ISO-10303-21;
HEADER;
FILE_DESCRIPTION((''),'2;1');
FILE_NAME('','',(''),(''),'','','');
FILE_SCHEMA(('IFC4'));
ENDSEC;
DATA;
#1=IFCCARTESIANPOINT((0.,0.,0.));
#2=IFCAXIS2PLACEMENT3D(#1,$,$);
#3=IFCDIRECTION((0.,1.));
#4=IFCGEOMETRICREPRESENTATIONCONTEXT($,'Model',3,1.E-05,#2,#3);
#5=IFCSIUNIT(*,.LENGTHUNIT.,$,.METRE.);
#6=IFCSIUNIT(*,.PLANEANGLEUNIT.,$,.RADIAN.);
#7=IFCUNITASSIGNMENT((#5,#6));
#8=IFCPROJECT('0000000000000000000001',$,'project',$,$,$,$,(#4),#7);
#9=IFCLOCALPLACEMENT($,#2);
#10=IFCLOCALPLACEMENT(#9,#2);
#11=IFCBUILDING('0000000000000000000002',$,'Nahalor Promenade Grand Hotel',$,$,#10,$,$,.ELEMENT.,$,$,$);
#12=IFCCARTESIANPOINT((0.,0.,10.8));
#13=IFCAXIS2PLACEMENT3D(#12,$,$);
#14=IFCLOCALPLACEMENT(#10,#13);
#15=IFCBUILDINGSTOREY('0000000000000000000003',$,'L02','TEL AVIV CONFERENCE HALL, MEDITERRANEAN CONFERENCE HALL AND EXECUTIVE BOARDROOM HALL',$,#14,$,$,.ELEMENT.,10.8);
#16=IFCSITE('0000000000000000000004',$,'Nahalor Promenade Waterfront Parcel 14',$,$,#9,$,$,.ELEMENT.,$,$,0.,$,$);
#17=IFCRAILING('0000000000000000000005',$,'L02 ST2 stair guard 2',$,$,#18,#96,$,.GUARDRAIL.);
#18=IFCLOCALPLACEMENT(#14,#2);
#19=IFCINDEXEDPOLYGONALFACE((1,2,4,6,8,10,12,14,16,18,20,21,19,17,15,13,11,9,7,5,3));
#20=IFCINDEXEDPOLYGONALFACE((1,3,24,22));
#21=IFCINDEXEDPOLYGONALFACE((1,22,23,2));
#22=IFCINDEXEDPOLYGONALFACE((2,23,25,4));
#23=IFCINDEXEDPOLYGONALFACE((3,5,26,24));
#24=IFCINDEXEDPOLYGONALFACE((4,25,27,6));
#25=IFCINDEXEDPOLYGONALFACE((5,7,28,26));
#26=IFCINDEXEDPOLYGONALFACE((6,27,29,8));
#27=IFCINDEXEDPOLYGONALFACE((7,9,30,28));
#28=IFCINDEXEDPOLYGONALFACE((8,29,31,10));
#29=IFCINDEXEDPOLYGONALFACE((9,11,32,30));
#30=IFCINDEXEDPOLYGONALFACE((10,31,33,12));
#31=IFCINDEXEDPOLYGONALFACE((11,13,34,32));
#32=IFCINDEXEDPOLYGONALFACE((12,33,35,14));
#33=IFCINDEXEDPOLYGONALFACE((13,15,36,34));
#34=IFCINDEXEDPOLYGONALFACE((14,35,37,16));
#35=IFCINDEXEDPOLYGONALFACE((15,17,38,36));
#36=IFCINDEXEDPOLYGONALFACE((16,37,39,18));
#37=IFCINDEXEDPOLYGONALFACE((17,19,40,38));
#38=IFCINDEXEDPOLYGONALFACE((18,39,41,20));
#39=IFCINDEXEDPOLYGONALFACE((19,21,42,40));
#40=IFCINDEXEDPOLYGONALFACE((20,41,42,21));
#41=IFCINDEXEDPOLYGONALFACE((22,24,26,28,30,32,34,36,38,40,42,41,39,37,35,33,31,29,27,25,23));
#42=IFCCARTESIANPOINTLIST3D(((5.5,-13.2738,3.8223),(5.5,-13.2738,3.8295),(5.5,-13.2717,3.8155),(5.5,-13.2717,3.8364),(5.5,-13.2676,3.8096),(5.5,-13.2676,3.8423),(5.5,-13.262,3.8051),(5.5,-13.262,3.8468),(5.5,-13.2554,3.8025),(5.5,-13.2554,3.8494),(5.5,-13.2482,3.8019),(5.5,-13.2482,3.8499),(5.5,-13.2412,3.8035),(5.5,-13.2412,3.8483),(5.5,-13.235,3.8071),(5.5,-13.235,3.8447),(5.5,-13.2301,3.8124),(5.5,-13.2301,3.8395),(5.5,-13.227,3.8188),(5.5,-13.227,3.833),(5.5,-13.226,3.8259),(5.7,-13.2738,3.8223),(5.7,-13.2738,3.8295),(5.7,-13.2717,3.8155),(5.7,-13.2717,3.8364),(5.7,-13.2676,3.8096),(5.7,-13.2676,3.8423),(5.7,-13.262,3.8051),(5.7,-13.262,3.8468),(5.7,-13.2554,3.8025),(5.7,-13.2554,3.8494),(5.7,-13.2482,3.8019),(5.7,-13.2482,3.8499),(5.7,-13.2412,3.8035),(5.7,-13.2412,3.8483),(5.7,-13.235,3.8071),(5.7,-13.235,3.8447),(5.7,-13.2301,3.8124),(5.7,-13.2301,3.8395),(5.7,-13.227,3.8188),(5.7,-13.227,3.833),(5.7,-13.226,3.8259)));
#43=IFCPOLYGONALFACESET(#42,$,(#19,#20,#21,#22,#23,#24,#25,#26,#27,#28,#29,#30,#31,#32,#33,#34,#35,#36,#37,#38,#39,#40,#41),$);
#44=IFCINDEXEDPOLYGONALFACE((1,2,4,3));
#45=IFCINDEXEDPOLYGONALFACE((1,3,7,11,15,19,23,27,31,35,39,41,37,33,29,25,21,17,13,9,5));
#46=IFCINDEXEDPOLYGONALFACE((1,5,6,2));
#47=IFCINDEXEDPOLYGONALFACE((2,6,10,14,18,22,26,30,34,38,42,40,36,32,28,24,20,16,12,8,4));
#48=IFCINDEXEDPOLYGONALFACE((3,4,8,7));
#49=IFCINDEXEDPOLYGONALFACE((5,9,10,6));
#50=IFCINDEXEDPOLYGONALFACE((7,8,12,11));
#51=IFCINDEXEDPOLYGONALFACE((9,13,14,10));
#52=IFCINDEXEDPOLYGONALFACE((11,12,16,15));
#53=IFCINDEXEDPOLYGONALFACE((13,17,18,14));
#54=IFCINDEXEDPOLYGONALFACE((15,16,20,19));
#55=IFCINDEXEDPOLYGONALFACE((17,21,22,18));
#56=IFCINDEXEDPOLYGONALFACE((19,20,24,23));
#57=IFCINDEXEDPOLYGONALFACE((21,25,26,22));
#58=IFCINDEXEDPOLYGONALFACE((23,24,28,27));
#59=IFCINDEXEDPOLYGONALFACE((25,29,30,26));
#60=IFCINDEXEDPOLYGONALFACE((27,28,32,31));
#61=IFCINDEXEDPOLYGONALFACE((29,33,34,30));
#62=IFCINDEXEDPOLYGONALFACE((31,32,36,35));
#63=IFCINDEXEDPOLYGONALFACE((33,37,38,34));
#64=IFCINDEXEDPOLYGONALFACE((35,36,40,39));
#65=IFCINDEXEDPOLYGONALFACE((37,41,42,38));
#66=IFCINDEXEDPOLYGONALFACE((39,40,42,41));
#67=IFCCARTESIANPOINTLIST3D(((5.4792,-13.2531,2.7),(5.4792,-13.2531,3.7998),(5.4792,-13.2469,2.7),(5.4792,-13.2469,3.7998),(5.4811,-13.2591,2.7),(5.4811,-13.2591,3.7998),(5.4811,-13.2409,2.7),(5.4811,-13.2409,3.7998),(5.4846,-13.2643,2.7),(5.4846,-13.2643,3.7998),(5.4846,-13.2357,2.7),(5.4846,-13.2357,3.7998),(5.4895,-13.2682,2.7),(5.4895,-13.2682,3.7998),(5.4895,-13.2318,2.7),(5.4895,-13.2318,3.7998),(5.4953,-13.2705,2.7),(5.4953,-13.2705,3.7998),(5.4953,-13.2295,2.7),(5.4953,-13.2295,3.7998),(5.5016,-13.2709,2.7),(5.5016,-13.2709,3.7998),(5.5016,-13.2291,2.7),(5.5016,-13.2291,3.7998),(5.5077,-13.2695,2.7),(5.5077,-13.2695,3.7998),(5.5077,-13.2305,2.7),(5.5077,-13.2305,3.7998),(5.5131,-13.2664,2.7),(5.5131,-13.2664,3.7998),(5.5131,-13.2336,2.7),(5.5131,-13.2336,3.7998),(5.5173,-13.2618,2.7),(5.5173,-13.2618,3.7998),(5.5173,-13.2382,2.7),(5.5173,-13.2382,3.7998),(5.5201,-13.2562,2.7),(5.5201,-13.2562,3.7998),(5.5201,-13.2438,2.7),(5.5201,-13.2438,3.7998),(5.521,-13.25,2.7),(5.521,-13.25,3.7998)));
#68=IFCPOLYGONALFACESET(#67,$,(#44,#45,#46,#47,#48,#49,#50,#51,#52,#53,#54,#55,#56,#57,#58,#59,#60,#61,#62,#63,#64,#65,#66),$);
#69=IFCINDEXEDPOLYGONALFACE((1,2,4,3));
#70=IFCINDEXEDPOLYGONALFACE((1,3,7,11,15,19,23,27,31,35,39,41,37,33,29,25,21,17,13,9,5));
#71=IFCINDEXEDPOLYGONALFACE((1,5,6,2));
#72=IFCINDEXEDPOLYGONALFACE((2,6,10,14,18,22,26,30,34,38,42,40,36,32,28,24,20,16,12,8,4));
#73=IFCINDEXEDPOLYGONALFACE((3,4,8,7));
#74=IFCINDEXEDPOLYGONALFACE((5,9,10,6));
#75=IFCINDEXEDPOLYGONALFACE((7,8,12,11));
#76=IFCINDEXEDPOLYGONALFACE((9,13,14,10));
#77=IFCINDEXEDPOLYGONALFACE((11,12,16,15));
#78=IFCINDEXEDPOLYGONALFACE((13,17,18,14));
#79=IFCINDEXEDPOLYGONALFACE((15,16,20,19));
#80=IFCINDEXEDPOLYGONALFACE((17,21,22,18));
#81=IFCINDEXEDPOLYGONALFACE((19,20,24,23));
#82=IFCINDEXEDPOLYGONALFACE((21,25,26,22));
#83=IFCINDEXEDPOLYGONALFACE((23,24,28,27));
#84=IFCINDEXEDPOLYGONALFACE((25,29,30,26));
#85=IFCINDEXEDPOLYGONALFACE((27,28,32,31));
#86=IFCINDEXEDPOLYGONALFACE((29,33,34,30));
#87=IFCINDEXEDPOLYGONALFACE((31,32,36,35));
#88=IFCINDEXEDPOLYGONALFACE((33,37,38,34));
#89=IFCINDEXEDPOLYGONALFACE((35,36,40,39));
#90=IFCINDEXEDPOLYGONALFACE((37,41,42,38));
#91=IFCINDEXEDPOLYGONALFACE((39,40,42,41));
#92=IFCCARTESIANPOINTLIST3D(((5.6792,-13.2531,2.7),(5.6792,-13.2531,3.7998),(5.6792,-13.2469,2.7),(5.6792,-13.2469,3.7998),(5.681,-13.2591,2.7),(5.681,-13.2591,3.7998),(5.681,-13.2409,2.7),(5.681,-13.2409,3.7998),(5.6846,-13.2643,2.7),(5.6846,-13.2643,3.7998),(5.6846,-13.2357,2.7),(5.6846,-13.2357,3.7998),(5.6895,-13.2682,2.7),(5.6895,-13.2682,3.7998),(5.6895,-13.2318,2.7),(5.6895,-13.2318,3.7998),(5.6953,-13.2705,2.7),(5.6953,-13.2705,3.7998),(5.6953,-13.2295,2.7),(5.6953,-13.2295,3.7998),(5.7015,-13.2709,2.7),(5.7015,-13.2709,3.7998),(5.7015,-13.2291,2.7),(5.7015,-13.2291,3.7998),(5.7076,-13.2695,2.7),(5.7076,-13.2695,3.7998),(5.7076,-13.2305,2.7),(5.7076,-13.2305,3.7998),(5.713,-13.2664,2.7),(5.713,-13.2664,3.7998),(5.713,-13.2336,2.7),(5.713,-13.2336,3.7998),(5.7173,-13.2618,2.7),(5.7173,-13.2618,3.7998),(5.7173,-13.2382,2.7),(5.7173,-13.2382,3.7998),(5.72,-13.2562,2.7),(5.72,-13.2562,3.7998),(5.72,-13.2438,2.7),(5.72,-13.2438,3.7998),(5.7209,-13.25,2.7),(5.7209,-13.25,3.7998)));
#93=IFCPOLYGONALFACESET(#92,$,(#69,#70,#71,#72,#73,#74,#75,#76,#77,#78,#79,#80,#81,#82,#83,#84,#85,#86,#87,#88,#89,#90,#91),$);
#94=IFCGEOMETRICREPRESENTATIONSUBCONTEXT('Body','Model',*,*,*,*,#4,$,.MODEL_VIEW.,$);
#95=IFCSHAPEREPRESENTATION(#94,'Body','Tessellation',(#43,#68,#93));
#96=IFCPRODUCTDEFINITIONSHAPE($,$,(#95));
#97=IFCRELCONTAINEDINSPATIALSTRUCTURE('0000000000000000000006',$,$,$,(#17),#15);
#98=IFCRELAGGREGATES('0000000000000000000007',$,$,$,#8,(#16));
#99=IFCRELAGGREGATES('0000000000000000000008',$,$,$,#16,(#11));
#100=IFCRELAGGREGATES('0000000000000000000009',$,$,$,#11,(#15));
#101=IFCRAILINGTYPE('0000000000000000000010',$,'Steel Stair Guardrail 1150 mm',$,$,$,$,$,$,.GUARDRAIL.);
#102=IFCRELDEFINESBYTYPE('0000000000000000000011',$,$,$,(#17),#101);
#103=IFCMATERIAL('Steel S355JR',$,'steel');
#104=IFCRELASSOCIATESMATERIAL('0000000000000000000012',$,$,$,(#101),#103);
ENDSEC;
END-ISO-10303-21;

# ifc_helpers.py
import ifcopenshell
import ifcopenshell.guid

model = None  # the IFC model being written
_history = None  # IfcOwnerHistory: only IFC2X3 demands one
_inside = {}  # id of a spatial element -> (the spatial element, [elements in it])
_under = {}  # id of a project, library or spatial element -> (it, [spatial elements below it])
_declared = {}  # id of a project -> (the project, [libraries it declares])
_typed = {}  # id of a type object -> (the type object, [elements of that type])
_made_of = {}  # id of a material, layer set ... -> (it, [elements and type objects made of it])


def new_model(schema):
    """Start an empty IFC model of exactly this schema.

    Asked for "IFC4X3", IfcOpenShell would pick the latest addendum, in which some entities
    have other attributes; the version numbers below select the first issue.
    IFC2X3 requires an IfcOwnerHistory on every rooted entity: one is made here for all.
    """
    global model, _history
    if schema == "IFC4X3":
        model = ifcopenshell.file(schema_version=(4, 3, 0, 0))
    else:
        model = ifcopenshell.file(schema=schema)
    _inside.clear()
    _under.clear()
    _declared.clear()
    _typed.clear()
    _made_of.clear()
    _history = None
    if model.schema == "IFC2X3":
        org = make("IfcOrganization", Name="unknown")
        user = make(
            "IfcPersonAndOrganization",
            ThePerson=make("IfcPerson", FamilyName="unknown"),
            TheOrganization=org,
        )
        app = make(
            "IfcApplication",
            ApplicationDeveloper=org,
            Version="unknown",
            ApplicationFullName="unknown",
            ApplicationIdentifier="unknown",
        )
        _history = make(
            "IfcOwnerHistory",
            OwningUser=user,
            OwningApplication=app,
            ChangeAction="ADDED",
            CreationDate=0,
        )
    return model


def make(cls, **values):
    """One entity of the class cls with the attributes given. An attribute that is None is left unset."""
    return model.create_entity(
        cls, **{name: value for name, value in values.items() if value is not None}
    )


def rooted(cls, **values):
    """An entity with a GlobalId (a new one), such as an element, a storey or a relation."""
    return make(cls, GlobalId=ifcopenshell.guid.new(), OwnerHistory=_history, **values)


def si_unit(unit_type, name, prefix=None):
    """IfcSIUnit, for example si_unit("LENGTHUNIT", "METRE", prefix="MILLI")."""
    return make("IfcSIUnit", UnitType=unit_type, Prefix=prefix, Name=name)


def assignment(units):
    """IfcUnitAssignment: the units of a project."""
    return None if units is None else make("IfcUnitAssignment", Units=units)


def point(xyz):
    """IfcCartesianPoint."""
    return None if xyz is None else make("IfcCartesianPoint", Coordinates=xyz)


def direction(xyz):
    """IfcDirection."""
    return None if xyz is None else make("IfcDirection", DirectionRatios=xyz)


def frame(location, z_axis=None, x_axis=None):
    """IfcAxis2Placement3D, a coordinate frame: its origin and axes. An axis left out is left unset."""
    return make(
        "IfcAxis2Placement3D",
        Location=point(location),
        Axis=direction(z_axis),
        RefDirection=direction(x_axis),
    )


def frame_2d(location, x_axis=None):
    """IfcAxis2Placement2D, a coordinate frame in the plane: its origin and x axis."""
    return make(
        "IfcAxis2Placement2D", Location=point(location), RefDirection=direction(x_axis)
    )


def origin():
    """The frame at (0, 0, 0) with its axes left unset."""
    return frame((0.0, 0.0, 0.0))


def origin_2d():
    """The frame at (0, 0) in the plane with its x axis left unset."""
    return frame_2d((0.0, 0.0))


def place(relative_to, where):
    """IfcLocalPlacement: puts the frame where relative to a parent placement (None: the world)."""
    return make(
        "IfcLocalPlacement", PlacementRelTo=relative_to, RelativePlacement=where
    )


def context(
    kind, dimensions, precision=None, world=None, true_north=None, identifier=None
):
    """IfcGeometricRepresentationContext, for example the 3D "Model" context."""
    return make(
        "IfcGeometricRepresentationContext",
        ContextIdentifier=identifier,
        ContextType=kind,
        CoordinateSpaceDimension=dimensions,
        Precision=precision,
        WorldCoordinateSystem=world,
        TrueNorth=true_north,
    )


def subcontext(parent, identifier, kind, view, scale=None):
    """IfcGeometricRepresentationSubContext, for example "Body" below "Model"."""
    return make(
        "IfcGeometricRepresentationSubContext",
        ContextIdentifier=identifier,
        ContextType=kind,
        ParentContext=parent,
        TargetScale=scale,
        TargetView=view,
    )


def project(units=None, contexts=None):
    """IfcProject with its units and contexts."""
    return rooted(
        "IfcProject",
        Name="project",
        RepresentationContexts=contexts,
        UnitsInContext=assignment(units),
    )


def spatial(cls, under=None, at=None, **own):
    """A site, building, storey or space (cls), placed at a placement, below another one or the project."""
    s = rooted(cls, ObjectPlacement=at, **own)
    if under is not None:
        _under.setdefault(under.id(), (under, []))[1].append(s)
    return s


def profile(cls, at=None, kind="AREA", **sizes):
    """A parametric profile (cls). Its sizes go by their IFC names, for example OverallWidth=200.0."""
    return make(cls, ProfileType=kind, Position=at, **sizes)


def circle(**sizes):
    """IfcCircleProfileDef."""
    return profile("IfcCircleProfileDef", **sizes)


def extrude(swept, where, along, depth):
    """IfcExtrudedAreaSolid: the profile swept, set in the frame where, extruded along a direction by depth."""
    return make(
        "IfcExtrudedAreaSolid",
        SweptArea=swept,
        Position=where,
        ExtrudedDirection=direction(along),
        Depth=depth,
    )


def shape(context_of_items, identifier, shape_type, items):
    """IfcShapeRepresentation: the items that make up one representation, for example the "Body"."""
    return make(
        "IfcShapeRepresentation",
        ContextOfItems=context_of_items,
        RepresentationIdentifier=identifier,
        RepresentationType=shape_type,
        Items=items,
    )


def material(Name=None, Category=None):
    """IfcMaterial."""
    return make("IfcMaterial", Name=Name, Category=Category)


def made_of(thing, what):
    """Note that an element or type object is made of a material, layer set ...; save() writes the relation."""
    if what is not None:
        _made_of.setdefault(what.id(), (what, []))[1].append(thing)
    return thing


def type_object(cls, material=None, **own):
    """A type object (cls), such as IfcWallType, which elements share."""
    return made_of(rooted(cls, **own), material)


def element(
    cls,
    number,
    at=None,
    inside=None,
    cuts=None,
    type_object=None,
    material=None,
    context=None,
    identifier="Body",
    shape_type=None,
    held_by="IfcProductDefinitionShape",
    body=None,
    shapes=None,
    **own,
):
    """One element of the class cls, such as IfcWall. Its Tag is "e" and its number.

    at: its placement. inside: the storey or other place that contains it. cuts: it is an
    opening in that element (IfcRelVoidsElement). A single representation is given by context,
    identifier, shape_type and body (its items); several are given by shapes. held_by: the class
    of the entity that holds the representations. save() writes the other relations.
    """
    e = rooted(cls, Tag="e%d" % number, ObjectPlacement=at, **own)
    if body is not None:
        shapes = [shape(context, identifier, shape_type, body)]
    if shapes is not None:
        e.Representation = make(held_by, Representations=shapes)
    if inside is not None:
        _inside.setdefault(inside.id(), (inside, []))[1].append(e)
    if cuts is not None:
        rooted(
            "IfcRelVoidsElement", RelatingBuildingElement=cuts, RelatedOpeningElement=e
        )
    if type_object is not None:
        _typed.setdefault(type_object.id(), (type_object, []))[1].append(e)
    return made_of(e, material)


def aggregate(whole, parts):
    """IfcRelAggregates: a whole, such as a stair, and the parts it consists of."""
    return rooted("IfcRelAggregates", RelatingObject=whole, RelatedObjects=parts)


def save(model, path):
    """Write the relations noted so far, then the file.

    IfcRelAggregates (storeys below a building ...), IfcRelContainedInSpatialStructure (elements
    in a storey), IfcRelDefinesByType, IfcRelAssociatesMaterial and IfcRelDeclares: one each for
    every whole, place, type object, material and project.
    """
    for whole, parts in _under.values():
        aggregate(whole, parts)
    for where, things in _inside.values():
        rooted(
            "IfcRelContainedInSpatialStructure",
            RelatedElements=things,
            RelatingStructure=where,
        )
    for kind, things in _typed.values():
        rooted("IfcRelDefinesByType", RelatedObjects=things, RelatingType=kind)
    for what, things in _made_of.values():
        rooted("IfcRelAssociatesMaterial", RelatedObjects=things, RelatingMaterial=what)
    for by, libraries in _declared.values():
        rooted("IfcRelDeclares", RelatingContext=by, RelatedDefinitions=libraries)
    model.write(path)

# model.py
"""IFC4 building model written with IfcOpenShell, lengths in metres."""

from ifc_helpers import new_model, si_unit, direction, frame, origin, origin_2d, place, context, subcontext, project, spatial, circle, extrude, material, type_object, element, save


model = new_model("IFC4")

# Units and contexts
model_context = context("Model", 3, precision=1e-05, world=origin(), true_north=direction((0.0, 1.0)))
body_context = subcontext(model_context, "Body", "Model", "MODEL_VIEW")
ifc_project = project(units=[si_unit("LENGTHUNIT", "METRE"), si_unit("PLANEANGLEUNIT", "RADIAN")], contexts=[model_context])

# Site, building, storey
site_placement = place(None, origin())
site = spatial("IfcSite", under=ifc_project, at=site_placement, Name="Nahalor Promenade Waterfront Parcel 14", CompositionType="ELEMENT", RefElevation=0.0)
building_placement = place(site_placement, origin())
building = spatial("IfcBuilding", under=site, at=building_placement, Name="Nahalor Promenade Grand Hotel", CompositionType="ELEMENT")
storey_placement = place(building_placement, frame((0.0, 0.0, 10.8)))
storey = spatial("IfcBuildingStorey", under=building, at=storey_placement, Name="L02", Description="TEL AVIV CONFERENCE HALL, MEDITERRANEAN CONFERENCE HALL AND EXECUTIVE BOARDROOM HALL", CompositionType="ELEMENT", Elevation=10.8)

# Shared definitions
ifc_material_1 = material(Name="Steel S355JR", Category="steel")

# Railing
railing_type_1 = type_object("IfcRailingType", Name="Steel Stair Guardrail 1150 mm", PredefinedType="GUARDRAIL", material=ifc_material_1)
railing_1_placement = place(storey_placement, frame((5.5, -13.25, 2.7)))
element("IfcRailing", 1, at=railing_1_placement, inside=storey, type_object=railing_type_1, Name="L02 ST2 stair guard 2", PredefinedType="GUARDRAIL", context=body_context, shape_type="SweptSolid", body=[
    extrude(circle(Radius=0.024, at=origin_2d()), frame((0.0, 0.0, 1.126), z_axis=(1.0, 0.0, 0.0), x_axis=(0.0, 1.0, 0.0)), (0.0, 0.0, 1.0), 0.2),
    extrude(circle(Radius=0.021, at=origin_2d()), origin(), (0.0, 0.0, 1.0), 1.0999),
    extrude(circle(Radius=0.021, at=origin_2d()), frame((0.2, 0.0, 0.0)), (0.0, 0.0, 1.0), 1.0999),
])

save(model, "model.ifc")
